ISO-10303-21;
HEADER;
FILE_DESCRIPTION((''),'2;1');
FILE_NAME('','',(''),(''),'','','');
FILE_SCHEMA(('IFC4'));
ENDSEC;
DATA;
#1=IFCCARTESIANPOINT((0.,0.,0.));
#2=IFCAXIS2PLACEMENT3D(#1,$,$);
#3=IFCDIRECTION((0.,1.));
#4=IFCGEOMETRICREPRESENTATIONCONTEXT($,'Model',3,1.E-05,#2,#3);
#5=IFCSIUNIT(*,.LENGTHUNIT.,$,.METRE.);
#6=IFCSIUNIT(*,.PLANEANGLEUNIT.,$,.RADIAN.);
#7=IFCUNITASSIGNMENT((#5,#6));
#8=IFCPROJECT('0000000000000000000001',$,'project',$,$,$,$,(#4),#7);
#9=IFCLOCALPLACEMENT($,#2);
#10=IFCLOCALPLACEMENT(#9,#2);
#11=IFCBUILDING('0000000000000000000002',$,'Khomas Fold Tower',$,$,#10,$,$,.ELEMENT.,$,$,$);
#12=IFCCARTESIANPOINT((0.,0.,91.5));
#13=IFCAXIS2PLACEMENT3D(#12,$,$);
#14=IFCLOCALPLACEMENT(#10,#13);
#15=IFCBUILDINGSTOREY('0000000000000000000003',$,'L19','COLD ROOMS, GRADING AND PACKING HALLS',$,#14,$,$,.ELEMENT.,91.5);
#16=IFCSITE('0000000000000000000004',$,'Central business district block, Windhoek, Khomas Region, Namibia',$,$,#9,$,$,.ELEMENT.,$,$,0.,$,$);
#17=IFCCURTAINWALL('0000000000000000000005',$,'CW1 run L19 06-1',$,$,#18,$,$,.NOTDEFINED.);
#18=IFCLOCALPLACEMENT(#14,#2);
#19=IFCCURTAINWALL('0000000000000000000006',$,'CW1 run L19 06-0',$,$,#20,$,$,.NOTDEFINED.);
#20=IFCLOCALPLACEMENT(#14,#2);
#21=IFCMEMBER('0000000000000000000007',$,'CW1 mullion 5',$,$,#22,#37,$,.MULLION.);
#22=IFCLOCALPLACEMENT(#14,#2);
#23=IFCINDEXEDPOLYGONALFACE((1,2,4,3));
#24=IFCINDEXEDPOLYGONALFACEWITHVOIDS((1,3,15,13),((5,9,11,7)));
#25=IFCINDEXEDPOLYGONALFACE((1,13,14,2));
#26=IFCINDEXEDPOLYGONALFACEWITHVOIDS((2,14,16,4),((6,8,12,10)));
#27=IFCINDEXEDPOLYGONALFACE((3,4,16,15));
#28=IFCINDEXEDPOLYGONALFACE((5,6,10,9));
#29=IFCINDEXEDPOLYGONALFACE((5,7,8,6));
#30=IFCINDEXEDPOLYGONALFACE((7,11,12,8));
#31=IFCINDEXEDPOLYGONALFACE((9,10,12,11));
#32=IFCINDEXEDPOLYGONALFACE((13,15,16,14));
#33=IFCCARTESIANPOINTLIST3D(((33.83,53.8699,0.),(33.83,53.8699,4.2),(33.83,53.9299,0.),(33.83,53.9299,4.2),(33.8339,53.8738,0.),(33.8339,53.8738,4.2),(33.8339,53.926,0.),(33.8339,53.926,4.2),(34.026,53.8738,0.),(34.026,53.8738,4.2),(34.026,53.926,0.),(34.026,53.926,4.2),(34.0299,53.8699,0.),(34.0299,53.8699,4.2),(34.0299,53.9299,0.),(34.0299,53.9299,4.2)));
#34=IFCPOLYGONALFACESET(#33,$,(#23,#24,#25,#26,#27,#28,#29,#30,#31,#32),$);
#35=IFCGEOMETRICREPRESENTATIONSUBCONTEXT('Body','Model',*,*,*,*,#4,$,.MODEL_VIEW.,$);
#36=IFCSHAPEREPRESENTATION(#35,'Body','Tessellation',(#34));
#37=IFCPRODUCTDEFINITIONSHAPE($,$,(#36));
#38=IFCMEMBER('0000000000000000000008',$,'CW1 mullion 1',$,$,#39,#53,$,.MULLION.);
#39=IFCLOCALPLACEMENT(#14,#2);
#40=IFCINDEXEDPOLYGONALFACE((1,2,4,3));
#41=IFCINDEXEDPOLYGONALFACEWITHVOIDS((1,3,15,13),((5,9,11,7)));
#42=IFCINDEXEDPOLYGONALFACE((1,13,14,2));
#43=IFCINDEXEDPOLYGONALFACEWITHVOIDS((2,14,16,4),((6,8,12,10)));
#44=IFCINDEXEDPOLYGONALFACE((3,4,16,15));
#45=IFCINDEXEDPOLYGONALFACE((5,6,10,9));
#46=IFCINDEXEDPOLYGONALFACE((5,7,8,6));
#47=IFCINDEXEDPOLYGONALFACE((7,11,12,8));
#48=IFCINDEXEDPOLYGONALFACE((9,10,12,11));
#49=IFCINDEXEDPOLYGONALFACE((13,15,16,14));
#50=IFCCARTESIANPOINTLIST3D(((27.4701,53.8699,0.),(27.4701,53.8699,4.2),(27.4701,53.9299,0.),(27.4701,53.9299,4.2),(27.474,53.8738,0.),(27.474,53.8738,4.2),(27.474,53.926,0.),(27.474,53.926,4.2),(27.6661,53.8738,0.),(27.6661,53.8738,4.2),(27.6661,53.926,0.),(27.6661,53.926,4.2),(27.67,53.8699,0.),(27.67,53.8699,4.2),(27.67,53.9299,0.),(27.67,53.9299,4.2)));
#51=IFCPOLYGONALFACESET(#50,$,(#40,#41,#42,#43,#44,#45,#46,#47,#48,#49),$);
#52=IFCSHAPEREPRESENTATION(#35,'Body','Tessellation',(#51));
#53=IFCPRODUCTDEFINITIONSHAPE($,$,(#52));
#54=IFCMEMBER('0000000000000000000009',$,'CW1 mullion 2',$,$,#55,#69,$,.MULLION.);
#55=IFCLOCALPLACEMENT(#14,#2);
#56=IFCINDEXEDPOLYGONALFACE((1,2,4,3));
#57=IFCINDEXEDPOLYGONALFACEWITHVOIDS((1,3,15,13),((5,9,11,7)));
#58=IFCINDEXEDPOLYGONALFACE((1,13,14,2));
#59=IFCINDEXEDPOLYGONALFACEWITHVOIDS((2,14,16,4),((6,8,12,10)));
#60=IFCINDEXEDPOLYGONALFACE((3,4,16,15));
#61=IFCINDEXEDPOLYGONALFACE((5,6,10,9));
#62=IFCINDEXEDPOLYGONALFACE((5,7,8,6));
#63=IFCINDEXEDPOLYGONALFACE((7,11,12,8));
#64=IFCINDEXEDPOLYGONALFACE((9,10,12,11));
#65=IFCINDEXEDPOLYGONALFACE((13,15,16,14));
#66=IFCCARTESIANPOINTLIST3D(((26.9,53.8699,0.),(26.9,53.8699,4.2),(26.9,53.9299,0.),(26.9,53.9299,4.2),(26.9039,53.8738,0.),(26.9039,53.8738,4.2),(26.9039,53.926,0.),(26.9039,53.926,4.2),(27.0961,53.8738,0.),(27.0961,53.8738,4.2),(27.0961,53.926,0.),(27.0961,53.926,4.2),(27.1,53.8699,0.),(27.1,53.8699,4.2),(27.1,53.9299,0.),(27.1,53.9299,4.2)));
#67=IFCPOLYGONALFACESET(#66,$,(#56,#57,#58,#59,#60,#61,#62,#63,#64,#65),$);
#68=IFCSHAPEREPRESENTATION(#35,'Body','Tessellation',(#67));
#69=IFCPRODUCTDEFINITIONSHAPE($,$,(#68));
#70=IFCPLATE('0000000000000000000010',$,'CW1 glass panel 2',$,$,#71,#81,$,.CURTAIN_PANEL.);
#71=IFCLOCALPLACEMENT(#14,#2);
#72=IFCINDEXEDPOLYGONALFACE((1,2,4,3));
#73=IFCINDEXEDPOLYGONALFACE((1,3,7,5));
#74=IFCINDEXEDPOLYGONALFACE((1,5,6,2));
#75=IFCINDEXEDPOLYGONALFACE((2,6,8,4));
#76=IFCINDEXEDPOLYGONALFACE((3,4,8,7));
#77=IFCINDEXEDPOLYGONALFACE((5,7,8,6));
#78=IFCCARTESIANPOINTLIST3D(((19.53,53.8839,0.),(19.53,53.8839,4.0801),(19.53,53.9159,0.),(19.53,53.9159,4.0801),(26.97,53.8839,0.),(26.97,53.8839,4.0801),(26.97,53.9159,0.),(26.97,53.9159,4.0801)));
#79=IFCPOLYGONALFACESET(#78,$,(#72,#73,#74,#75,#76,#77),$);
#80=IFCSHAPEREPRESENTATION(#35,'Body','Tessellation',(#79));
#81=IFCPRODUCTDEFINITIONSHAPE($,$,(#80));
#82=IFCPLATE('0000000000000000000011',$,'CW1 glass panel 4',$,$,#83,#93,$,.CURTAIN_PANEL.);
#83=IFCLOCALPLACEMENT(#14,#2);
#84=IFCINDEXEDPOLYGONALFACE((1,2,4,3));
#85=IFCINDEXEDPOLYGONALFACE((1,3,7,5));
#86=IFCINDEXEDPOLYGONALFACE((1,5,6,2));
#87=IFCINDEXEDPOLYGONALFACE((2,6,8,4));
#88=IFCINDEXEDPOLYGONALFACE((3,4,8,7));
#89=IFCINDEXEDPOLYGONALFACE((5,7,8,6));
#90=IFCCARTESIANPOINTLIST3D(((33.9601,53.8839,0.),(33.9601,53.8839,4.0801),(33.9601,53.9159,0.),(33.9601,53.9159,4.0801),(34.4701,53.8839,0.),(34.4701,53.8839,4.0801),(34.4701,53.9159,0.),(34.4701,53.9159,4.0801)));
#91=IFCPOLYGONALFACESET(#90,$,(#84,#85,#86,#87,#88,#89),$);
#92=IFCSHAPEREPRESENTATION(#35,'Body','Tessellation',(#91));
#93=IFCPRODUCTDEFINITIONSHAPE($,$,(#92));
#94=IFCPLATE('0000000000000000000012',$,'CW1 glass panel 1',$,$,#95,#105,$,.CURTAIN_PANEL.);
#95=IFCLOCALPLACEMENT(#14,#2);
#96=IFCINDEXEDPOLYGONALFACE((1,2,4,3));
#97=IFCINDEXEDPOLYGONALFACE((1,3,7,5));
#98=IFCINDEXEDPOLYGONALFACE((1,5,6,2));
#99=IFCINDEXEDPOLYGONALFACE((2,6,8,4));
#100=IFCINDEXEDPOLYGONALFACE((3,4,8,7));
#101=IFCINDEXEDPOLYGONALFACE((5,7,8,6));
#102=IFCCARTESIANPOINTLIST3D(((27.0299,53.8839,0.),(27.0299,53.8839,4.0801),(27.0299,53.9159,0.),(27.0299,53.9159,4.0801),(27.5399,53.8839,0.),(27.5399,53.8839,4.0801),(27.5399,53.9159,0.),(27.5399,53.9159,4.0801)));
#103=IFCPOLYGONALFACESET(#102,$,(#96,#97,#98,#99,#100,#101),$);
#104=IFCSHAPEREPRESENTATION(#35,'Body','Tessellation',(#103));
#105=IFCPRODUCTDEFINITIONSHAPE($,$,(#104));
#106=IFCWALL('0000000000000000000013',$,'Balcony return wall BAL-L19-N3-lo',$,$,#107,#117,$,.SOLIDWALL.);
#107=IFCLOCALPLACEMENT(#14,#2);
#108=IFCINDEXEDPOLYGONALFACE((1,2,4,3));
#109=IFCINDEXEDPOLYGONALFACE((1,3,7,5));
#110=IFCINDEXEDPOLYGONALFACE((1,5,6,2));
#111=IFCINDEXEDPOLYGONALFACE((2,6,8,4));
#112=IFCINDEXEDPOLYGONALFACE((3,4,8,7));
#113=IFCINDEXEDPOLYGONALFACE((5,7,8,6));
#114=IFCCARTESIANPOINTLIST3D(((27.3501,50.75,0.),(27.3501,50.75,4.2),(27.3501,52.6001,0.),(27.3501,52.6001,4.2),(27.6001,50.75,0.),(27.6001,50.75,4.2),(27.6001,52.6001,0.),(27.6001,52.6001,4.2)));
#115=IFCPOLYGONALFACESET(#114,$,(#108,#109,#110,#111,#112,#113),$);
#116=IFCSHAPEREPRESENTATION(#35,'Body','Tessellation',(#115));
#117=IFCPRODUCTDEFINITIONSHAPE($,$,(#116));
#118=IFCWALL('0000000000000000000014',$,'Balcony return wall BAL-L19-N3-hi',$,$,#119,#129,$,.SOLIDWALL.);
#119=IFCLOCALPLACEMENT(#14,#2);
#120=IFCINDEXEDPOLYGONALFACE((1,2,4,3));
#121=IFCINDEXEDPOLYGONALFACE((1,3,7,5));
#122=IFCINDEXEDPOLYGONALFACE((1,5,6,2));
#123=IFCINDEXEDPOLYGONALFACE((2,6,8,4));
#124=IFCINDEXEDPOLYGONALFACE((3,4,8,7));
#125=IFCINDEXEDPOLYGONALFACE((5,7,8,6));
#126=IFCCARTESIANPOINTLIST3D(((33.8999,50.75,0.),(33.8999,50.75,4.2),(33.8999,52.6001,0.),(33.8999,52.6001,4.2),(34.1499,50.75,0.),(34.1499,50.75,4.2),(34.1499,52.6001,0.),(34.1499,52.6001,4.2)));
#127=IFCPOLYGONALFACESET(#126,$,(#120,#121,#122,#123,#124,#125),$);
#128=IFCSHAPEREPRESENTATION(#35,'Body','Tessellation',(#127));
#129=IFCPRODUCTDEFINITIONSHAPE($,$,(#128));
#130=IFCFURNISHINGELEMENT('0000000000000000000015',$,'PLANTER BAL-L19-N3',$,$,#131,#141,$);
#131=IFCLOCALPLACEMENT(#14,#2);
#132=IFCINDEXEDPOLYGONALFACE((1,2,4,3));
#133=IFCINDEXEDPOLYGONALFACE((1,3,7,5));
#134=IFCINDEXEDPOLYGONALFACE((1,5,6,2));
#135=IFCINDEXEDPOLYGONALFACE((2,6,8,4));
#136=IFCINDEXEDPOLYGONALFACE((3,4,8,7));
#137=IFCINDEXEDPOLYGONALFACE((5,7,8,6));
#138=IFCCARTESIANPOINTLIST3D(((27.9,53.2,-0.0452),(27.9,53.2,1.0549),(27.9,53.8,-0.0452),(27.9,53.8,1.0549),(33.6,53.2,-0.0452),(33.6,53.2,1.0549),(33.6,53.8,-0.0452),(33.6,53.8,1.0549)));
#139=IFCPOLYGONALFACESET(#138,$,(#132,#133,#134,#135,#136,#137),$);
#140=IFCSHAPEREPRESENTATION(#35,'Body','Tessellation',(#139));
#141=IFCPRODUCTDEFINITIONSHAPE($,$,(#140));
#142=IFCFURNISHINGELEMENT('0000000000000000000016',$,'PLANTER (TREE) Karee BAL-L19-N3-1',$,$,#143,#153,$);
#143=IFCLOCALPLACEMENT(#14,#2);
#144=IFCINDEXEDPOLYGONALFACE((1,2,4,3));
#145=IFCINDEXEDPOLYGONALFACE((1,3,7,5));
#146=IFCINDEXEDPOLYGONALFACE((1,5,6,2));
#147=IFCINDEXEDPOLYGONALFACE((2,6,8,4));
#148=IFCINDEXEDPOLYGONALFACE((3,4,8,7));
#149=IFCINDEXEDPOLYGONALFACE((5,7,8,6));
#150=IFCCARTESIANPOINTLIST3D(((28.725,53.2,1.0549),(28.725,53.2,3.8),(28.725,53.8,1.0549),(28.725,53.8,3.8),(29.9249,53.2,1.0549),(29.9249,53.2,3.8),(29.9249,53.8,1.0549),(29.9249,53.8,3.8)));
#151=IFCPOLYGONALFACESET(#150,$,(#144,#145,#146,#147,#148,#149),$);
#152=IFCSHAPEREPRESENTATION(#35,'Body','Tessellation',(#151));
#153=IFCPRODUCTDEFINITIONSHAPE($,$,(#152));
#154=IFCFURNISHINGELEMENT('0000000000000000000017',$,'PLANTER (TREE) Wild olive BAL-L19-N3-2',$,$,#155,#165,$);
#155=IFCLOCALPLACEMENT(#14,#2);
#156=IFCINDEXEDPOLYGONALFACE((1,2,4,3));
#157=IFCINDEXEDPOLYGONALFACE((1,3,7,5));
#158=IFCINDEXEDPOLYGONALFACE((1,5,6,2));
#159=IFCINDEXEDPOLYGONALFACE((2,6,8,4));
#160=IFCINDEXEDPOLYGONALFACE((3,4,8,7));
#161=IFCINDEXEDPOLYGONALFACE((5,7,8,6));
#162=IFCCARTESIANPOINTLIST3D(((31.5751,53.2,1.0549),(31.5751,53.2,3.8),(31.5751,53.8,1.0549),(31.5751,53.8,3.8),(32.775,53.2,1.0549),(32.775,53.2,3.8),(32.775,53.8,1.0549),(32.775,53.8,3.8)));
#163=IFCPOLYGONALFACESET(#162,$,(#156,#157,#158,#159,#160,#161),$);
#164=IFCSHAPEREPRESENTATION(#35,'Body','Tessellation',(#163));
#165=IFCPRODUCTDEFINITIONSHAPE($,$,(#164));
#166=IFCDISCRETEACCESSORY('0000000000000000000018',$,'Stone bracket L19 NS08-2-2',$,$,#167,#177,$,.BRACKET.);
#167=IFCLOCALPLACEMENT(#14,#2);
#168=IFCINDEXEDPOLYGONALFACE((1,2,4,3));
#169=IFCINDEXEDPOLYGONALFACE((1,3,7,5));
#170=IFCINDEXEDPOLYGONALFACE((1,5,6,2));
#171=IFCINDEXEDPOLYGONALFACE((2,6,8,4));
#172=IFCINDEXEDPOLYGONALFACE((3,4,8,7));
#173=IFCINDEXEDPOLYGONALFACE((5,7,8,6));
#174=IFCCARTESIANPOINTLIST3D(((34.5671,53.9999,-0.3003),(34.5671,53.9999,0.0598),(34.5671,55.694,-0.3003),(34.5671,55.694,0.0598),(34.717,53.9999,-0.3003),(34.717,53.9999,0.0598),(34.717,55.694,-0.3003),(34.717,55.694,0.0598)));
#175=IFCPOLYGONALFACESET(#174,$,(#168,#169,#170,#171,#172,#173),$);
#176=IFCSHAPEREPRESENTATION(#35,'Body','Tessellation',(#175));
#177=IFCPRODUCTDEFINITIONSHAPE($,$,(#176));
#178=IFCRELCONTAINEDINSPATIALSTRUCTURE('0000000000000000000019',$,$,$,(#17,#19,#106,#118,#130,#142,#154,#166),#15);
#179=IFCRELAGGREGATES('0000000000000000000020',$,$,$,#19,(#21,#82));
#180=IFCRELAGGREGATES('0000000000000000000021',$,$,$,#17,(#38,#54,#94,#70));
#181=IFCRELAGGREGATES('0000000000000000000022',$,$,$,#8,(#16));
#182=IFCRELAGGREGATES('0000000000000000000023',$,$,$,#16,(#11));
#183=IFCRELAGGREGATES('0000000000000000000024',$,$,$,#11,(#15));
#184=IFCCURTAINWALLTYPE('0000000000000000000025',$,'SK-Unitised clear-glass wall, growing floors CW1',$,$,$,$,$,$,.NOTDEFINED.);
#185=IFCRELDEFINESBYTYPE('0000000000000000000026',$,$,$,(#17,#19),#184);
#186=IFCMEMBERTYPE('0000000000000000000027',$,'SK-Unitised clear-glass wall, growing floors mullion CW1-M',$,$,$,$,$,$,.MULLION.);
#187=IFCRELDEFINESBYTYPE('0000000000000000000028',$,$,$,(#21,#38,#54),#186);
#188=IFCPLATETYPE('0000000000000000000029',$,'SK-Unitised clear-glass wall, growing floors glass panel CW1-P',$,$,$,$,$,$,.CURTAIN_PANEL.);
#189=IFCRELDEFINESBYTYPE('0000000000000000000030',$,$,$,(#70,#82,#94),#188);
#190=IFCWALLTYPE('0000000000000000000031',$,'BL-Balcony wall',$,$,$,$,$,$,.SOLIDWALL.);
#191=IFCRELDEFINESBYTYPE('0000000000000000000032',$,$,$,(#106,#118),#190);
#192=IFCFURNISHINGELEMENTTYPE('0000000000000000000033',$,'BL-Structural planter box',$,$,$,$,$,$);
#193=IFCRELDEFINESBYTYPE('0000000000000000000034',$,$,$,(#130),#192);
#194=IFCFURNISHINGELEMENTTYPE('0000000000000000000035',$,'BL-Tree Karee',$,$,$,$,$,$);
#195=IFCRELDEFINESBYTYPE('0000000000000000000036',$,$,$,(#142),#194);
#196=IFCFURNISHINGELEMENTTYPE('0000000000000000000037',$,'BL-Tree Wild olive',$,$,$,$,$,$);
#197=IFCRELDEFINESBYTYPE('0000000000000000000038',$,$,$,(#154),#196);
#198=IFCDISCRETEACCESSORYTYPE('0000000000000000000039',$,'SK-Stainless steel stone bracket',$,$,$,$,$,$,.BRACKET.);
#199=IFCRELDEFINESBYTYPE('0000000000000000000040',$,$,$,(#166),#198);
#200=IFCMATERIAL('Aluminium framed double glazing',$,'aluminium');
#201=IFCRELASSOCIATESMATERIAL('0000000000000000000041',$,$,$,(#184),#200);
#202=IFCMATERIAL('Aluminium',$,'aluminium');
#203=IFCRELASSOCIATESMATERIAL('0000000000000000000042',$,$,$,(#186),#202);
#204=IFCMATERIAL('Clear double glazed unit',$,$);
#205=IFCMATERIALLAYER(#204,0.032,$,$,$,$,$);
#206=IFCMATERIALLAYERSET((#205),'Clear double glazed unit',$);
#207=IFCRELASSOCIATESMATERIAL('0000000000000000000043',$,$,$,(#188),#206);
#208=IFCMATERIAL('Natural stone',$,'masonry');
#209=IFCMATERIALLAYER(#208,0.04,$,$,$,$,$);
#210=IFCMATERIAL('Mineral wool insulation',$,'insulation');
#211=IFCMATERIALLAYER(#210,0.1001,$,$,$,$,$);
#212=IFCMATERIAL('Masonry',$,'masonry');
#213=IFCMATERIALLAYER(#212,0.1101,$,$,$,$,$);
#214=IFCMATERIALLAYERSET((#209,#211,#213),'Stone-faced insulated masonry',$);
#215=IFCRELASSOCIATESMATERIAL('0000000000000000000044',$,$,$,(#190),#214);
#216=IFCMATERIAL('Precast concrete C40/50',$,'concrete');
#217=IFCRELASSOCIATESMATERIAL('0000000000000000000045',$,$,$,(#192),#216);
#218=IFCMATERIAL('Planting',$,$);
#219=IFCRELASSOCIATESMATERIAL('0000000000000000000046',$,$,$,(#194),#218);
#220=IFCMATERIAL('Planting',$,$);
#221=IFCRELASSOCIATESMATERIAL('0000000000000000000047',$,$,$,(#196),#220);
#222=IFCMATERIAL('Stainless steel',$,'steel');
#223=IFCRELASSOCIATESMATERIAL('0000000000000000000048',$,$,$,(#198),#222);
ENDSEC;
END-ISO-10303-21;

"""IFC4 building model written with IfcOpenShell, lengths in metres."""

from ifc_helpers import new_model, si_unit, direction, frame, frame_2d, origin, origin_2d, place, context, subcontext, project, spatial, rectangle, hollow_rectangle, extrude, source, transform, mapped, material, layer, layer_set, material_profile, profile_set, type_object, element, aggregate, save


model = new_model("IFC4")

# Units and contexts
model_context = context("Model", 3, precision=1e-05, world=origin(), true_north=direction((0.0, 1.0)))
body_context = subcontext(model_context, "Body", "Model", "MODEL_VIEW")
ifc_project = project(units=[si_unit("LENGTHUNIT", "METRE"), si_unit("PLANEANGLEUNIT", "RADIAN")], contexts=[model_context])

# Site, building, storey
site_placement = place(None, origin())
site = spatial("IfcSite", under=ifc_project, at=site_placement, Name="Central business district block, Windhoek, Khomas Region, Namibia", CompositionType="ELEMENT", RefElevation=0.0)
building_placement = place(site_placement, origin())
building = spatial("IfcBuilding", under=site, at=building_placement, Name="Khomas Fold Tower", CompositionType="ELEMENT")
storey_placement = place(building_placement, frame((0.0, 0.0, 91.5)))
storey = spatial("IfcBuildingStorey", under=building, at=storey_placement, Name="L19", Description="COLD ROOMS, GRADING AND PACKING HALLS", CompositionType="ELEMENT", Elevation=91.5)

# Curtain walls
ifc_material_1 = material(Name="Aluminium framed double glazing", Category="aluminium")
curtain_wall_type = type_object("IfcCurtainWallType", Name="SK-Unitised clear-glass wall, growing floors CW1", PredefinedType="NOTDEFINED", material=ifc_material_1)
curtain_wall_1_placement = place(storey_placement, origin())
curtain_wall_1 = element("IfcCurtainWall", 1, at=curtain_wall_1_placement, inside=storey, type_object=curtain_wall_type, Name="CW1 run L19 06-1", PredefinedType="NOTDEFINED")
curtain_wall_2_placement = place(storey_placement, origin())
curtain_wall_2 = element("IfcCurtainWall", 2, at=curtain_wall_2_placement, inside=storey, type_object=curtain_wall_type, Name="CW1 run L19 06-0", PredefinedType="NOTDEFINED")

# Members
ifc_material_2 = material(Name="Aluminium", Category="aluminium")
ifc_material_profile_1 = material_profile(ifc_material_2, hollow_rectangle(XDim=0.0601, YDim=0.2, WallThickness=0.0039, at=origin_2d()), Name="SK-Unitised clear-glass wall, growing floors mullion CW1-M")
ifc_profile_set_1 = profile_set([ifc_material_profile_1], Name="Aluminium")
member_type_1 = type_object("IfcMemberType", Name="SK-Unitised clear-glass wall, growing floors mullion CW1-M", PredefinedType="MULLION", material=ifc_profile_set_1)
shared_shape_1 = source(origin(), body_context, "Body", "SweptSolid", [
    extrude(hollow_rectangle(XDim=0.0601, YDim=0.2, WallThickness=0.0039, at=origin_2d()), origin(), (0.0, 0.0, 1.0), 4.2),
])
member_1_placement = place(storey_placement, frame((33.9299, 53.8999, 0.0), z_axis=(0.0, 0.0, 1.0), x_axis=(0.0, -1.0, 0.0)))
member_1 = element("IfcMember", 3, at=member_1_placement, type_object=member_type_1, Name="CW1 mullion 5", PredefinedType="MULLION", context=body_context, shape_type="MappedRepresentation", body=[
    mapped(shared_shape_1, transform((0.0, 0.0, 0.0))),
])
member_2_placement = place(storey_placement, frame((27.5701, 53.8999, 0.0), z_axis=(0.0, 0.0, 1.0), x_axis=(0.0, -1.0, 0.0)))
member_2 = element("IfcMember", 4, at=member_2_placement, type_object=member_type_1, Name="CW1 mullion 1", PredefinedType="MULLION", context=body_context, shape_type="MappedRepresentation", body=[
    mapped(shared_shape_1, transform((0.0, 0.0, 0.0))),
])
member_3_placement = place(storey_placement, frame((27.0, 53.8999, 0.0), z_axis=(0.0, 0.0, 1.0), x_axis=(0.0, -1.0, 0.0)))
member_3 = element("IfcMember", 5, at=member_3_placement, type_object=member_type_1, Name="CW1 mullion 2", PredefinedType="MULLION", context=body_context, shape_type="MappedRepresentation", body=[
    mapped(shared_shape_1, transform((0.0, 0.0, 0.0))),
])

# Plates
ifc_material_3 = material(Name="Clear double glazed unit")
ifc_layer_1 = layer(ifc_material_3, 0.032)
ifc_layer_set_1 = layer_set([ifc_layer_1], Name="Clear double glazed unit")
plate_type = type_object("IfcPlateType", Name="SK-Unitised clear-glass wall, growing floors glass panel CW1-P", PredefinedType="CURTAIN_PANEL", material=ifc_layer_set_1)
shared_shape_2 = source(origin(), body_context, "Body", "SweptSolid", [
    extrude(rectangle(XDim=7.4399, YDim=0.032, at=origin_2d()), origin(), (0.0, 0.0, 1.0), 4.0801),
])
plate_1_placement = place(storey_placement, frame((23.25, 53.8999, 0.0), z_axis=(0.0, 0.0, 1.0), x_axis=(-1.0, 0.0, 0.0)))
plate_1 = element("IfcPlate", 6, at=plate_1_placement, type_object=plate_type, Name="CW1 glass panel 2", PredefinedType="CURTAIN_PANEL", context=body_context, shape_type="MappedRepresentation", body=[
    mapped(shared_shape_2, transform((0.0, 0.0, 0.0))),
])
shared_shape_3 = source(origin(), body_context, "Body", "SweptSolid", [
    extrude(rectangle(XDim=0.51, YDim=0.032, at=origin_2d()), origin(), (0.0, 0.0, 1.0), 4.0801),
])
plate_2_placement = place(storey_placement, frame((34.2151, 53.8999, 0.0), z_axis=(0.0, 0.0, 1.0), x_axis=(-1.0, 0.0, 0.0)))
plate_2 = element("IfcPlate", 7, at=plate_2_placement, type_object=plate_type, Name="CW1 glass panel 4", PredefinedType="CURTAIN_PANEL", context=body_context, shape_type="MappedRepresentation", body=[
    mapped(shared_shape_3, transform((0.0, 0.0, 0.0))),
])
aggregate(curtain_wall_2, [member_1, plate_2])
plate_3_placement = place(storey_placement, frame((27.2849, 53.8999, 0.0), z_axis=(0.0, 0.0, 1.0), x_axis=(-1.0, 0.0, 0.0)))
plate_3 = element("IfcPlate", 8, at=plate_3_placement, type_object=plate_type, Name="CW1 glass panel 1", PredefinedType="CURTAIN_PANEL", context=body_context, shape_type="MappedRepresentation", body=[
    mapped(shared_shape_3, transform((0.0, 0.0, 0.0))),
])
aggregate(curtain_wall_1, [member_2, member_3, plate_3, plate_1])

# Walls
ifc_material_4 = material(Name="Natural stone", Category="masonry")
ifc_layer_2 = layer(ifc_material_4, 0.04)
ifc_material_5 = material(Name="Mineral wool insulation", Category="insulation")
ifc_layer_3 = layer(ifc_material_5, 0.1001)
ifc_material_6 = material(Name="Masonry", Category="masonry")
ifc_layer_4 = layer(ifc_material_6, 0.1101)
ifc_layer_set_2 = layer_set([ifc_layer_2, ifc_layer_3, ifc_layer_4], Name="Stone-faced insulated masonry")
wall_type = type_object("IfcWallType", Name="BL-Balcony wall", PredefinedType="SOLIDWALL", material=ifc_layer_set_2)
shared_shape_4 = source(origin(), body_context, "Body", "SweptSolid", [
    extrude(rectangle(XDim=1.8501, YDim=0.25, at=frame_2d((0.925, 0.0))), origin(), (0.0, 0.0, 1.0), 4.2),
])
for number, where, z_axis, x_axis, name in (
    (9, (27.4751, 52.6001, 0.0), (0.0, 0.0, 1.0), (0.0, -1.0, 0.0), "Balcony return wall BAL-L19-N3-lo"),
    (10, (34.0249, 52.6001, 0.0), (0.0, 0.0, 1.0), (0.0, -1.0, 0.0), "Balcony return wall BAL-L19-N3-hi"),
):
    element("IfcWall", number, at=place(storey_placement, frame(where, z_axis=z_axis, x_axis=x_axis)), inside=storey, type_object=wall_type, Name=name, PredefinedType="SOLIDWALL", context=body_context, shape_type="MappedRepresentation", body=[
        mapped(shared_shape_4, transform((0.0, 0.0, 0.0))),
    ])

# Furnishing elements
ifc_material_7 = material(Name="Precast concrete C40/50", Category="concrete")
furnishing_element_type_1 = type_object("IfcFurnishingElementType", Name="BL-Structural planter box", material=ifc_material_7)
shared_shape_5 = source(origin(), body_context, "Body", "SweptSolid", [
    extrude(rectangle(XDim=5.7, YDim=0.6001, at=origin_2d()), origin(), (0.0, 0.0, 1.0), 1.1001),
])
furnishing_1_placement = place(storey_placement, frame((30.75, 53.5, -0.0452), z_axis=(0.0, 0.0, 1.0), x_axis=(1.0, 0.0, 0.0)))
element("IfcFurnishingElement", 11, at=furnishing_1_placement, inside=storey, type_object=furnishing_element_type_1, Name="PLANTER BAL-L19-N3", context=body_context, shape_type="MappedRepresentation", body=[
    mapped(shared_shape_5, transform((0.0, 0.0, 0.0))),
])
ifc_material_8 = material(Name="Planting")
furnishing_element_type_2 = type_object("IfcFurnishingElementType", Name="BL-Tree Karee", material=ifc_material_8)
shared_shape_6 = source(origin(), body_context, "Body", "SweptSolid", [
    extrude(rectangle(XDim=1.2, YDim=0.6001, at=origin_2d()), origin(), (0.0, 0.0, 1.0), 2.7451),
])
furnishing_2_placement = place(storey_placement, frame((29.325, 53.5, 1.0549), z_axis=(0.0, 0.0, 1.0), x_axis=(1.0, 0.0, 0.0)))
element("IfcFurnishingElement", 12, at=furnishing_2_placement, inside=storey, type_object=furnishing_element_type_2, Name="PLANTER (TREE) Karee BAL-L19-N3-1", context=body_context, shape_type="MappedRepresentation", body=[
    mapped(shared_shape_6, transform((0.0, 0.0, 0.0))),
])
ifc_material_9 = material(Name="Planting")
furnishing_element_type_3 = type_object("IfcFurnishingElementType", Name="BL-Tree Wild olive", material=ifc_material_9)
furnishing_3_placement = place(storey_placement, frame((32.175, 53.5, 1.0549), z_axis=(0.0, 0.0, 1.0), x_axis=(1.0, 0.0, 0.0)))
element("IfcFurnishingElement", 13, at=furnishing_3_placement, inside=storey, type_object=furnishing_element_type_3, Name="PLANTER (TREE) Wild olive BAL-L19-N3-2", context=body_context, shape_type="MappedRepresentation", body=[
    mapped(shared_shape_6, transform((0.0, 0.0, 0.0))),
])

# Discrete accessory
ifc_material_10 = material(Name="Stainless steel", Category="steel")
discrete_accessory_type = type_object("IfcDiscreteAccessoryType", Name="SK-Stainless steel stone bracket", PredefinedType="BRACKET", material=ifc_material_10)
shared_shape_7 = source(origin(), body_context, "Body", "SweptSolid", [
    extrude(rectangle(XDim=1.6941, YDim=0.1499, at=origin_2d()), origin(), (0.0, 0.0, 1.0), 0.3601),
])
discrete_accessory_placement = place(storey_placement, frame((34.6421, 54.8469, -0.3003), z_axis=(0.0, 0.0, 1.0), x_axis=(0.0, 1.0, 0.0)))
element("IfcDiscreteAccessory", 14, at=discrete_accessory_placement, inside=storey, type_object=discrete_accessory_type, Name="Stone bracket L19 NS08-2-2", PredefinedType="BRACKET", context=body_context, shape_type="MappedRepresentation", body=[
    mapped(shared_shape_7, transform((0.0, 0.0, 0.0))),
])

save(model, "model.ifc")
